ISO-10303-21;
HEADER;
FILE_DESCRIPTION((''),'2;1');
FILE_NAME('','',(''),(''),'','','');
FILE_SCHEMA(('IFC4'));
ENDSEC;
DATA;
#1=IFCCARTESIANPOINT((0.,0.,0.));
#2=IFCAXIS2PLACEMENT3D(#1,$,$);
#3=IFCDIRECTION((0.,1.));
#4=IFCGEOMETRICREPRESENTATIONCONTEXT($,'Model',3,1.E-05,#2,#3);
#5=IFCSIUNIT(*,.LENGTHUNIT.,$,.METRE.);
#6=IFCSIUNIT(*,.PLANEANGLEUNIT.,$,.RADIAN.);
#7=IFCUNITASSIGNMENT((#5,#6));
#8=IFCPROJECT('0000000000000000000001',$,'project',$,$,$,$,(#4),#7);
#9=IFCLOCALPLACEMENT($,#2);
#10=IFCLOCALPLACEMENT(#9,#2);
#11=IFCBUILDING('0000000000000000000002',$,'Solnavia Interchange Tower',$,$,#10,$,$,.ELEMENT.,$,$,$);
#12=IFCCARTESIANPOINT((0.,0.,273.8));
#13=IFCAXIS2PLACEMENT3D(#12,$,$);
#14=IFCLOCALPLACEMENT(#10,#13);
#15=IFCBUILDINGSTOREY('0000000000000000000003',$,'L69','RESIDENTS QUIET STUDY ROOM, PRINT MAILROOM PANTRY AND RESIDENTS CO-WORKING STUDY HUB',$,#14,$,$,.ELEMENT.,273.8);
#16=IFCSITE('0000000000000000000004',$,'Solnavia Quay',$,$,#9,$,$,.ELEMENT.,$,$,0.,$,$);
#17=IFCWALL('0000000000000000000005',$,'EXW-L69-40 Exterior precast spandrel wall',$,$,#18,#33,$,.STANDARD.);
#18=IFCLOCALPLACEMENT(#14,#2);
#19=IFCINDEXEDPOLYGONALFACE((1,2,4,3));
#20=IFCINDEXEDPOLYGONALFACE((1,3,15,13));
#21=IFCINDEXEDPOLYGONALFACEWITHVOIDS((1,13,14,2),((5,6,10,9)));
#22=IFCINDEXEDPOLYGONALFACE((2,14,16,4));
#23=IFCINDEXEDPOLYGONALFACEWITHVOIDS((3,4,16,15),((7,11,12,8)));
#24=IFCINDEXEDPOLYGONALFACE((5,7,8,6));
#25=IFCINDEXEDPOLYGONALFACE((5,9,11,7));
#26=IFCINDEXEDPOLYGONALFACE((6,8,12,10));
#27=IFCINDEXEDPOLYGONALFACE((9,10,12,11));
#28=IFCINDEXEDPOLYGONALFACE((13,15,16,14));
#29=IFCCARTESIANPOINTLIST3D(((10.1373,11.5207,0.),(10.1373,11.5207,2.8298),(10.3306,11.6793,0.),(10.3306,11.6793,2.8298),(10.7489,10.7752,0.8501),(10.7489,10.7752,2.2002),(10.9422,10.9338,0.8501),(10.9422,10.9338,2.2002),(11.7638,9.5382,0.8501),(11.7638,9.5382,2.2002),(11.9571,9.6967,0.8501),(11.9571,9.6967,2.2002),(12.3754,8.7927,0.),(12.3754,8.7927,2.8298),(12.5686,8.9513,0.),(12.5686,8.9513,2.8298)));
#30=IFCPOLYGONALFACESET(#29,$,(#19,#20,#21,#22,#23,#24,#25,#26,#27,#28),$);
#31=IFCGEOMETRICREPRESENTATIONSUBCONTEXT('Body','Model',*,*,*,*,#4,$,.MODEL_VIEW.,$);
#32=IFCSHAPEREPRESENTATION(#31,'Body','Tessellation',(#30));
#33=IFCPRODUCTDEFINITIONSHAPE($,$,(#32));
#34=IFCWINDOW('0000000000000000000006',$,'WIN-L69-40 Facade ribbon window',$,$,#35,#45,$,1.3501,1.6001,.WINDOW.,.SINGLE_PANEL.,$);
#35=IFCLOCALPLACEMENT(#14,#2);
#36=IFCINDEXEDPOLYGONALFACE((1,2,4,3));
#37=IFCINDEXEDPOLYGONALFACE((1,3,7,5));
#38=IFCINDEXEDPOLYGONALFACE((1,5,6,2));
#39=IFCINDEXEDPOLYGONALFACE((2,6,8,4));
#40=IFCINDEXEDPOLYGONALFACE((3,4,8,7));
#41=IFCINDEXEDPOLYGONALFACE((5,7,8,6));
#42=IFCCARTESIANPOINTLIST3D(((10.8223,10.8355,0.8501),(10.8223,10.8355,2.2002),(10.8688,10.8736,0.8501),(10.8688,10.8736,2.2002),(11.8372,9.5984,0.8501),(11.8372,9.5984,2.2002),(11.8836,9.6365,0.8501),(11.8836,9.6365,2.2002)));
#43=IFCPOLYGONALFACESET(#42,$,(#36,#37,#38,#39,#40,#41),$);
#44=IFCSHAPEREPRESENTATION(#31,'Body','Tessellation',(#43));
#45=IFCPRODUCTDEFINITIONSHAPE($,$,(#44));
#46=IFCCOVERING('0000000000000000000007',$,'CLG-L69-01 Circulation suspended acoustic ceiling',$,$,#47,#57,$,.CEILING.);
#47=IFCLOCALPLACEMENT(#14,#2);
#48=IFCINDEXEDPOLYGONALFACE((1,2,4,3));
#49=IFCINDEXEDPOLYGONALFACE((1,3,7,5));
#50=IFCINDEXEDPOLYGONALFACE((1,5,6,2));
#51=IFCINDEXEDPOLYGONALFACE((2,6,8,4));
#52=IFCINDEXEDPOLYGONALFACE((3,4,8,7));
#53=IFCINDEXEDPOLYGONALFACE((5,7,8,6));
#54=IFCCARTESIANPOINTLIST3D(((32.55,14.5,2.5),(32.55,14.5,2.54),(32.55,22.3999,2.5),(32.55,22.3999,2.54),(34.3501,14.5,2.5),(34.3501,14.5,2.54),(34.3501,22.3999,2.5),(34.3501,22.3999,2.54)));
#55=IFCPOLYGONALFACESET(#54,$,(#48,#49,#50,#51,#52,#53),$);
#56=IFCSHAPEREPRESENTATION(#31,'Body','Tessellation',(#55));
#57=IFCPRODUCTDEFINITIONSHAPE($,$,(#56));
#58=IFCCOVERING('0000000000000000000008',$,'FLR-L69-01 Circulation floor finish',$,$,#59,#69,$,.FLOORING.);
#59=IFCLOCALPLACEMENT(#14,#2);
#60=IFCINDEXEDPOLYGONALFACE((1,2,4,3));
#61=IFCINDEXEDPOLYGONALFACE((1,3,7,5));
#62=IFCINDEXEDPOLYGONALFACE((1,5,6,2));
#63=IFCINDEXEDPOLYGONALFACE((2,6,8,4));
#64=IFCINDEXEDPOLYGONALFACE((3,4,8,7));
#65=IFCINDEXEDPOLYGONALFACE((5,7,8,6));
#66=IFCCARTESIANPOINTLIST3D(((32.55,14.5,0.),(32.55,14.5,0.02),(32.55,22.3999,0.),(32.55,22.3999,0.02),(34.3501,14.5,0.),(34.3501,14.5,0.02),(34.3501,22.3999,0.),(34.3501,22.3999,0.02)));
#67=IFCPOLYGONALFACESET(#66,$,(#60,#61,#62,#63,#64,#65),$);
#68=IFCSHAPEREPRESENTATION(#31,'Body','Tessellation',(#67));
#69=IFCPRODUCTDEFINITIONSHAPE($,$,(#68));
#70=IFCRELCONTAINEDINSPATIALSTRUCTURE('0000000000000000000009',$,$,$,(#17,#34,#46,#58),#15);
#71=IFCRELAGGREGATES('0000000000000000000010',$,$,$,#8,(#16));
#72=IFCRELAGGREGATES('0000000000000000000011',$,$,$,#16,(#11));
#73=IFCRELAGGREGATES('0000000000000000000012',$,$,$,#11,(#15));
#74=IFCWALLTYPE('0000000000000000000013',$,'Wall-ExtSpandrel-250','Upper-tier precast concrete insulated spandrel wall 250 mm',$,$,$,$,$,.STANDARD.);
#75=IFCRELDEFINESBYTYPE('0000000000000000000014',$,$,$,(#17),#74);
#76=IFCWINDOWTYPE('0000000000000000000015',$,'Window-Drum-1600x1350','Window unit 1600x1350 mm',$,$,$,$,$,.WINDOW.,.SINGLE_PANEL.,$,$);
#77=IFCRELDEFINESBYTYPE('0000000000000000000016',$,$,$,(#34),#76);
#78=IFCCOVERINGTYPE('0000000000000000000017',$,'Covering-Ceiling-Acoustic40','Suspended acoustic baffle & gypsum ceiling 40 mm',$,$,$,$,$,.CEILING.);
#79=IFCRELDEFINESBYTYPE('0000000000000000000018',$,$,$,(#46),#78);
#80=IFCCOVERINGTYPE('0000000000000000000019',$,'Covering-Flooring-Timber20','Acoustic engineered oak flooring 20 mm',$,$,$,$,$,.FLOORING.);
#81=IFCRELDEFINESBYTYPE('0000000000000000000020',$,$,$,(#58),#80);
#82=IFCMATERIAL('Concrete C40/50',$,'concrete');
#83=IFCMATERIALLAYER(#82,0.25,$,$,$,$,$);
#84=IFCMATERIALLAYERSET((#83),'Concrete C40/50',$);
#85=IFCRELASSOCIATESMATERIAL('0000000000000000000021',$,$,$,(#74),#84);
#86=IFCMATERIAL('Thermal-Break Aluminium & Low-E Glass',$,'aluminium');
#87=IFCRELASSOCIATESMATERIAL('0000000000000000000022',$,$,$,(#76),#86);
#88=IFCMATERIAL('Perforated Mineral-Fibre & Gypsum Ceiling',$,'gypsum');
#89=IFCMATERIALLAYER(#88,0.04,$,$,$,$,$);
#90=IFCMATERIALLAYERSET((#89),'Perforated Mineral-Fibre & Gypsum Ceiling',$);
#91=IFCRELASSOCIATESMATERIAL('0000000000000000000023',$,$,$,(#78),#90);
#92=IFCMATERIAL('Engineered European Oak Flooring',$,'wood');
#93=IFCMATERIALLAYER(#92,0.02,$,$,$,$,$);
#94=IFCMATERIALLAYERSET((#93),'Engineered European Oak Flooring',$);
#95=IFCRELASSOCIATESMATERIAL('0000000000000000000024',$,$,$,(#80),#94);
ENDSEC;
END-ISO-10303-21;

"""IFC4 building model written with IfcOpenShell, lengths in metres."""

from ifc_helpers import new_model, si_unit, direction, frame, frame_2d, origin, place, context, subcontext, project, spatial, polyline, rectangle, outline, extrude, material, layer, layer_set, type_object, element, fill, save


model = new_model("IFC4")

# Units and contexts
model_context = context("Model", 3, precision=1e-05, world=origin(), true_north=direction((0.0, 1.0)))
body_context = subcontext(model_context, "Body", "Model", "MODEL_VIEW")
ifc_project = project(units=[si_unit("LENGTHUNIT", "METRE"), si_unit("PLANEANGLEUNIT", "RADIAN")], contexts=[model_context])

# Site, building, storey
site_placement = place(None, origin())
site = spatial("IfcSite", under=ifc_project, at=site_placement, Name="Solnavia Quay", CompositionType="ELEMENT", RefElevation=0.0)
building_placement = place(site_placement, origin())
building = spatial("IfcBuilding", under=site, at=building_placement, Name="Solnavia Interchange Tower", CompositionType="ELEMENT")
storey_placement = place(building_placement, frame((0.0, 0.0, 273.8)))
storey = spatial("IfcBuildingStorey", under=building, at=storey_placement, Name="L69", Description="RESIDENTS QUIET STUDY ROOM, PRINT MAILROOM PANTRY AND RESIDENTS CO-WORKING STUDY HUB", CompositionType="ELEMENT", Elevation=273.8)

# Shared definitions
ifc_material_1 = material(Name="Concrete C40/50", Category="concrete")

# Wall, opening, window
ifc_layer_1 = layer(ifc_material_1, 0.25)
ifc_layer_set_1 = layer_set([ifc_layer_1], Name="Concrete C40/50")
wall_type = type_object("IfcWallType", Name="Wall-ExtSpandrel-250", Description="Upper-tier precast concrete insulated spandrel wall 250 mm", PredefinedType="STANDARD", material=ifc_layer_set_1)
ifc_material_2 = material(Name="Thermal-Break Aluminium & Low-E Glass", Category="aluminium")
window_type = type_object("IfcWindowType", Name="Window-Drum-1600x1350", Description="Window unit 1600x1350 mm", PartitioningType="SINGLE_PANEL", PredefinedType="WINDOW", material=ifc_material_2)
wall_1_placement = place(storey_placement, frame((12.4719, 8.8721, 0.0), z_axis=(0.0, 0.0, 1.0), x_axis=(-0.634258, 0.773121, 0.0)))
wall_1 = element("IfcWall", 1, at=wall_1_placement, inside=storey, type_object=wall_type, Name="EXW-L69-40 Exterior precast spandrel wall", PredefinedType="STANDARD", context=body_context, shape_type="SweptSolid", body=[
    extrude(rectangle(XDim=3.5286, YDim=0.25, at=frame_2d((1.7642, 0.0))), origin(), (0.0, 0.0, 1.0), 2.8298),
])
opening_1_placement = place(wall_1_placement, frame((0.9641, 0.0, 0.8501)))
opening_1 = element("IfcOpeningElement", 2, at=opening_1_placement, cuts=wall_1, PredefinedType="OPENING", context=body_context, shape_type="SweptSolid", body=[
    extrude(rectangle(XDim=1.6001, YDim=1.3501, at=frame_2d((0.8, 0.675))), frame((0.0, 0.135, 0.0), z_axis=(0.0, -1.0, 0.0), x_axis=(1.0, 0.0, 0.0)), (0.0, 0.0, 1.0), 0.27),
])
window_1_placement = place(opening_1_placement, origin())
window_1 = element("IfcWindow", 3, at=window_1_placement, inside=storey, type_object=window_type, Name="WIN-L69-40 Facade ribbon window", OverallHeight=1.3501, OverallWidth=1.6001, PartitioningType="SINGLE_PANEL", PredefinedType="WINDOW", context=body_context, shape_type="SweptSolid", body=[
    extrude(rectangle(XDim=1.6001, YDim=1.3501, at=frame_2d((0.8, 0.675))), frame((0.0, 0.03, 0.0), z_axis=(0.0, -1.0, 0.0), x_axis=(1.0, 0.0, 0.0)), (0.0, 0.0, 1.0), 0.0601),
])
fill(opening_1, window_1)

# Coverings
ifc_material_3 = material(Name="Perforated Mineral-Fibre & Gypsum Ceiling", Category="gypsum")
ifc_layer_2 = layer(ifc_material_3, 0.04)
ifc_layer_set_2 = layer_set([ifc_layer_2], Name="Perforated Mineral-Fibre & Gypsum Ceiling")
covering_type_1 = type_object("IfcCoveringType", Name="Covering-Ceiling-Acoustic40", Description="Suspended acoustic baffle & gypsum ceiling 40 mm", PredefinedType="CEILING", material=ifc_layer_set_2)
covering_1_placement = place(storey_placement, frame((0.0, 0.0, 2.5)))
element("IfcCovering", 4, at=covering_1_placement, inside=storey, type_object=covering_type_1, Name="CLG-L69-01 Circulation suspended acoustic ceiling", PredefinedType="CEILING", context=body_context, shape_type="SweptSolid", body=[
    extrude(outline(polyline([(32.55, 14.5), (34.3501, 14.5), (34.3501, 22.3999), (32.55, 22.3999), (32.55, 14.5)])), origin(), (0.0, 0.0, 1.0), 0.04),
])
ifc_material_4 = material(Name="Engineered European Oak Flooring", Category="wood")
ifc_layer_3 = layer(ifc_material_4, 0.02)
ifc_layer_set_3 = layer_set([ifc_layer_3], Name="Engineered European Oak Flooring")
covering_type_2 = type_object("IfcCoveringType", Name="Covering-Flooring-Timber20", Description="Acoustic engineered oak flooring 20 mm", PredefinedType="FLOORING", material=ifc_layer_set_3)
covering_2_placement = place(storey_placement, origin())
element("IfcCovering", 5, at=covering_2_placement, inside=storey, type_object=covering_type_2, Name="FLR-L69-01 Circulation floor finish", PredefinedType="FLOORING", context=body_context, shape_type="SweptSolid", body=[
    extrude(outline(polyline([(32.55, 14.5), (34.3501, 14.5), (34.3501, 22.3999), (32.55, 22.3999), (32.55, 14.5)])), origin(), (0.0, 0.0, 1.0), 0.02),
])

save(model, "model.ifc")
